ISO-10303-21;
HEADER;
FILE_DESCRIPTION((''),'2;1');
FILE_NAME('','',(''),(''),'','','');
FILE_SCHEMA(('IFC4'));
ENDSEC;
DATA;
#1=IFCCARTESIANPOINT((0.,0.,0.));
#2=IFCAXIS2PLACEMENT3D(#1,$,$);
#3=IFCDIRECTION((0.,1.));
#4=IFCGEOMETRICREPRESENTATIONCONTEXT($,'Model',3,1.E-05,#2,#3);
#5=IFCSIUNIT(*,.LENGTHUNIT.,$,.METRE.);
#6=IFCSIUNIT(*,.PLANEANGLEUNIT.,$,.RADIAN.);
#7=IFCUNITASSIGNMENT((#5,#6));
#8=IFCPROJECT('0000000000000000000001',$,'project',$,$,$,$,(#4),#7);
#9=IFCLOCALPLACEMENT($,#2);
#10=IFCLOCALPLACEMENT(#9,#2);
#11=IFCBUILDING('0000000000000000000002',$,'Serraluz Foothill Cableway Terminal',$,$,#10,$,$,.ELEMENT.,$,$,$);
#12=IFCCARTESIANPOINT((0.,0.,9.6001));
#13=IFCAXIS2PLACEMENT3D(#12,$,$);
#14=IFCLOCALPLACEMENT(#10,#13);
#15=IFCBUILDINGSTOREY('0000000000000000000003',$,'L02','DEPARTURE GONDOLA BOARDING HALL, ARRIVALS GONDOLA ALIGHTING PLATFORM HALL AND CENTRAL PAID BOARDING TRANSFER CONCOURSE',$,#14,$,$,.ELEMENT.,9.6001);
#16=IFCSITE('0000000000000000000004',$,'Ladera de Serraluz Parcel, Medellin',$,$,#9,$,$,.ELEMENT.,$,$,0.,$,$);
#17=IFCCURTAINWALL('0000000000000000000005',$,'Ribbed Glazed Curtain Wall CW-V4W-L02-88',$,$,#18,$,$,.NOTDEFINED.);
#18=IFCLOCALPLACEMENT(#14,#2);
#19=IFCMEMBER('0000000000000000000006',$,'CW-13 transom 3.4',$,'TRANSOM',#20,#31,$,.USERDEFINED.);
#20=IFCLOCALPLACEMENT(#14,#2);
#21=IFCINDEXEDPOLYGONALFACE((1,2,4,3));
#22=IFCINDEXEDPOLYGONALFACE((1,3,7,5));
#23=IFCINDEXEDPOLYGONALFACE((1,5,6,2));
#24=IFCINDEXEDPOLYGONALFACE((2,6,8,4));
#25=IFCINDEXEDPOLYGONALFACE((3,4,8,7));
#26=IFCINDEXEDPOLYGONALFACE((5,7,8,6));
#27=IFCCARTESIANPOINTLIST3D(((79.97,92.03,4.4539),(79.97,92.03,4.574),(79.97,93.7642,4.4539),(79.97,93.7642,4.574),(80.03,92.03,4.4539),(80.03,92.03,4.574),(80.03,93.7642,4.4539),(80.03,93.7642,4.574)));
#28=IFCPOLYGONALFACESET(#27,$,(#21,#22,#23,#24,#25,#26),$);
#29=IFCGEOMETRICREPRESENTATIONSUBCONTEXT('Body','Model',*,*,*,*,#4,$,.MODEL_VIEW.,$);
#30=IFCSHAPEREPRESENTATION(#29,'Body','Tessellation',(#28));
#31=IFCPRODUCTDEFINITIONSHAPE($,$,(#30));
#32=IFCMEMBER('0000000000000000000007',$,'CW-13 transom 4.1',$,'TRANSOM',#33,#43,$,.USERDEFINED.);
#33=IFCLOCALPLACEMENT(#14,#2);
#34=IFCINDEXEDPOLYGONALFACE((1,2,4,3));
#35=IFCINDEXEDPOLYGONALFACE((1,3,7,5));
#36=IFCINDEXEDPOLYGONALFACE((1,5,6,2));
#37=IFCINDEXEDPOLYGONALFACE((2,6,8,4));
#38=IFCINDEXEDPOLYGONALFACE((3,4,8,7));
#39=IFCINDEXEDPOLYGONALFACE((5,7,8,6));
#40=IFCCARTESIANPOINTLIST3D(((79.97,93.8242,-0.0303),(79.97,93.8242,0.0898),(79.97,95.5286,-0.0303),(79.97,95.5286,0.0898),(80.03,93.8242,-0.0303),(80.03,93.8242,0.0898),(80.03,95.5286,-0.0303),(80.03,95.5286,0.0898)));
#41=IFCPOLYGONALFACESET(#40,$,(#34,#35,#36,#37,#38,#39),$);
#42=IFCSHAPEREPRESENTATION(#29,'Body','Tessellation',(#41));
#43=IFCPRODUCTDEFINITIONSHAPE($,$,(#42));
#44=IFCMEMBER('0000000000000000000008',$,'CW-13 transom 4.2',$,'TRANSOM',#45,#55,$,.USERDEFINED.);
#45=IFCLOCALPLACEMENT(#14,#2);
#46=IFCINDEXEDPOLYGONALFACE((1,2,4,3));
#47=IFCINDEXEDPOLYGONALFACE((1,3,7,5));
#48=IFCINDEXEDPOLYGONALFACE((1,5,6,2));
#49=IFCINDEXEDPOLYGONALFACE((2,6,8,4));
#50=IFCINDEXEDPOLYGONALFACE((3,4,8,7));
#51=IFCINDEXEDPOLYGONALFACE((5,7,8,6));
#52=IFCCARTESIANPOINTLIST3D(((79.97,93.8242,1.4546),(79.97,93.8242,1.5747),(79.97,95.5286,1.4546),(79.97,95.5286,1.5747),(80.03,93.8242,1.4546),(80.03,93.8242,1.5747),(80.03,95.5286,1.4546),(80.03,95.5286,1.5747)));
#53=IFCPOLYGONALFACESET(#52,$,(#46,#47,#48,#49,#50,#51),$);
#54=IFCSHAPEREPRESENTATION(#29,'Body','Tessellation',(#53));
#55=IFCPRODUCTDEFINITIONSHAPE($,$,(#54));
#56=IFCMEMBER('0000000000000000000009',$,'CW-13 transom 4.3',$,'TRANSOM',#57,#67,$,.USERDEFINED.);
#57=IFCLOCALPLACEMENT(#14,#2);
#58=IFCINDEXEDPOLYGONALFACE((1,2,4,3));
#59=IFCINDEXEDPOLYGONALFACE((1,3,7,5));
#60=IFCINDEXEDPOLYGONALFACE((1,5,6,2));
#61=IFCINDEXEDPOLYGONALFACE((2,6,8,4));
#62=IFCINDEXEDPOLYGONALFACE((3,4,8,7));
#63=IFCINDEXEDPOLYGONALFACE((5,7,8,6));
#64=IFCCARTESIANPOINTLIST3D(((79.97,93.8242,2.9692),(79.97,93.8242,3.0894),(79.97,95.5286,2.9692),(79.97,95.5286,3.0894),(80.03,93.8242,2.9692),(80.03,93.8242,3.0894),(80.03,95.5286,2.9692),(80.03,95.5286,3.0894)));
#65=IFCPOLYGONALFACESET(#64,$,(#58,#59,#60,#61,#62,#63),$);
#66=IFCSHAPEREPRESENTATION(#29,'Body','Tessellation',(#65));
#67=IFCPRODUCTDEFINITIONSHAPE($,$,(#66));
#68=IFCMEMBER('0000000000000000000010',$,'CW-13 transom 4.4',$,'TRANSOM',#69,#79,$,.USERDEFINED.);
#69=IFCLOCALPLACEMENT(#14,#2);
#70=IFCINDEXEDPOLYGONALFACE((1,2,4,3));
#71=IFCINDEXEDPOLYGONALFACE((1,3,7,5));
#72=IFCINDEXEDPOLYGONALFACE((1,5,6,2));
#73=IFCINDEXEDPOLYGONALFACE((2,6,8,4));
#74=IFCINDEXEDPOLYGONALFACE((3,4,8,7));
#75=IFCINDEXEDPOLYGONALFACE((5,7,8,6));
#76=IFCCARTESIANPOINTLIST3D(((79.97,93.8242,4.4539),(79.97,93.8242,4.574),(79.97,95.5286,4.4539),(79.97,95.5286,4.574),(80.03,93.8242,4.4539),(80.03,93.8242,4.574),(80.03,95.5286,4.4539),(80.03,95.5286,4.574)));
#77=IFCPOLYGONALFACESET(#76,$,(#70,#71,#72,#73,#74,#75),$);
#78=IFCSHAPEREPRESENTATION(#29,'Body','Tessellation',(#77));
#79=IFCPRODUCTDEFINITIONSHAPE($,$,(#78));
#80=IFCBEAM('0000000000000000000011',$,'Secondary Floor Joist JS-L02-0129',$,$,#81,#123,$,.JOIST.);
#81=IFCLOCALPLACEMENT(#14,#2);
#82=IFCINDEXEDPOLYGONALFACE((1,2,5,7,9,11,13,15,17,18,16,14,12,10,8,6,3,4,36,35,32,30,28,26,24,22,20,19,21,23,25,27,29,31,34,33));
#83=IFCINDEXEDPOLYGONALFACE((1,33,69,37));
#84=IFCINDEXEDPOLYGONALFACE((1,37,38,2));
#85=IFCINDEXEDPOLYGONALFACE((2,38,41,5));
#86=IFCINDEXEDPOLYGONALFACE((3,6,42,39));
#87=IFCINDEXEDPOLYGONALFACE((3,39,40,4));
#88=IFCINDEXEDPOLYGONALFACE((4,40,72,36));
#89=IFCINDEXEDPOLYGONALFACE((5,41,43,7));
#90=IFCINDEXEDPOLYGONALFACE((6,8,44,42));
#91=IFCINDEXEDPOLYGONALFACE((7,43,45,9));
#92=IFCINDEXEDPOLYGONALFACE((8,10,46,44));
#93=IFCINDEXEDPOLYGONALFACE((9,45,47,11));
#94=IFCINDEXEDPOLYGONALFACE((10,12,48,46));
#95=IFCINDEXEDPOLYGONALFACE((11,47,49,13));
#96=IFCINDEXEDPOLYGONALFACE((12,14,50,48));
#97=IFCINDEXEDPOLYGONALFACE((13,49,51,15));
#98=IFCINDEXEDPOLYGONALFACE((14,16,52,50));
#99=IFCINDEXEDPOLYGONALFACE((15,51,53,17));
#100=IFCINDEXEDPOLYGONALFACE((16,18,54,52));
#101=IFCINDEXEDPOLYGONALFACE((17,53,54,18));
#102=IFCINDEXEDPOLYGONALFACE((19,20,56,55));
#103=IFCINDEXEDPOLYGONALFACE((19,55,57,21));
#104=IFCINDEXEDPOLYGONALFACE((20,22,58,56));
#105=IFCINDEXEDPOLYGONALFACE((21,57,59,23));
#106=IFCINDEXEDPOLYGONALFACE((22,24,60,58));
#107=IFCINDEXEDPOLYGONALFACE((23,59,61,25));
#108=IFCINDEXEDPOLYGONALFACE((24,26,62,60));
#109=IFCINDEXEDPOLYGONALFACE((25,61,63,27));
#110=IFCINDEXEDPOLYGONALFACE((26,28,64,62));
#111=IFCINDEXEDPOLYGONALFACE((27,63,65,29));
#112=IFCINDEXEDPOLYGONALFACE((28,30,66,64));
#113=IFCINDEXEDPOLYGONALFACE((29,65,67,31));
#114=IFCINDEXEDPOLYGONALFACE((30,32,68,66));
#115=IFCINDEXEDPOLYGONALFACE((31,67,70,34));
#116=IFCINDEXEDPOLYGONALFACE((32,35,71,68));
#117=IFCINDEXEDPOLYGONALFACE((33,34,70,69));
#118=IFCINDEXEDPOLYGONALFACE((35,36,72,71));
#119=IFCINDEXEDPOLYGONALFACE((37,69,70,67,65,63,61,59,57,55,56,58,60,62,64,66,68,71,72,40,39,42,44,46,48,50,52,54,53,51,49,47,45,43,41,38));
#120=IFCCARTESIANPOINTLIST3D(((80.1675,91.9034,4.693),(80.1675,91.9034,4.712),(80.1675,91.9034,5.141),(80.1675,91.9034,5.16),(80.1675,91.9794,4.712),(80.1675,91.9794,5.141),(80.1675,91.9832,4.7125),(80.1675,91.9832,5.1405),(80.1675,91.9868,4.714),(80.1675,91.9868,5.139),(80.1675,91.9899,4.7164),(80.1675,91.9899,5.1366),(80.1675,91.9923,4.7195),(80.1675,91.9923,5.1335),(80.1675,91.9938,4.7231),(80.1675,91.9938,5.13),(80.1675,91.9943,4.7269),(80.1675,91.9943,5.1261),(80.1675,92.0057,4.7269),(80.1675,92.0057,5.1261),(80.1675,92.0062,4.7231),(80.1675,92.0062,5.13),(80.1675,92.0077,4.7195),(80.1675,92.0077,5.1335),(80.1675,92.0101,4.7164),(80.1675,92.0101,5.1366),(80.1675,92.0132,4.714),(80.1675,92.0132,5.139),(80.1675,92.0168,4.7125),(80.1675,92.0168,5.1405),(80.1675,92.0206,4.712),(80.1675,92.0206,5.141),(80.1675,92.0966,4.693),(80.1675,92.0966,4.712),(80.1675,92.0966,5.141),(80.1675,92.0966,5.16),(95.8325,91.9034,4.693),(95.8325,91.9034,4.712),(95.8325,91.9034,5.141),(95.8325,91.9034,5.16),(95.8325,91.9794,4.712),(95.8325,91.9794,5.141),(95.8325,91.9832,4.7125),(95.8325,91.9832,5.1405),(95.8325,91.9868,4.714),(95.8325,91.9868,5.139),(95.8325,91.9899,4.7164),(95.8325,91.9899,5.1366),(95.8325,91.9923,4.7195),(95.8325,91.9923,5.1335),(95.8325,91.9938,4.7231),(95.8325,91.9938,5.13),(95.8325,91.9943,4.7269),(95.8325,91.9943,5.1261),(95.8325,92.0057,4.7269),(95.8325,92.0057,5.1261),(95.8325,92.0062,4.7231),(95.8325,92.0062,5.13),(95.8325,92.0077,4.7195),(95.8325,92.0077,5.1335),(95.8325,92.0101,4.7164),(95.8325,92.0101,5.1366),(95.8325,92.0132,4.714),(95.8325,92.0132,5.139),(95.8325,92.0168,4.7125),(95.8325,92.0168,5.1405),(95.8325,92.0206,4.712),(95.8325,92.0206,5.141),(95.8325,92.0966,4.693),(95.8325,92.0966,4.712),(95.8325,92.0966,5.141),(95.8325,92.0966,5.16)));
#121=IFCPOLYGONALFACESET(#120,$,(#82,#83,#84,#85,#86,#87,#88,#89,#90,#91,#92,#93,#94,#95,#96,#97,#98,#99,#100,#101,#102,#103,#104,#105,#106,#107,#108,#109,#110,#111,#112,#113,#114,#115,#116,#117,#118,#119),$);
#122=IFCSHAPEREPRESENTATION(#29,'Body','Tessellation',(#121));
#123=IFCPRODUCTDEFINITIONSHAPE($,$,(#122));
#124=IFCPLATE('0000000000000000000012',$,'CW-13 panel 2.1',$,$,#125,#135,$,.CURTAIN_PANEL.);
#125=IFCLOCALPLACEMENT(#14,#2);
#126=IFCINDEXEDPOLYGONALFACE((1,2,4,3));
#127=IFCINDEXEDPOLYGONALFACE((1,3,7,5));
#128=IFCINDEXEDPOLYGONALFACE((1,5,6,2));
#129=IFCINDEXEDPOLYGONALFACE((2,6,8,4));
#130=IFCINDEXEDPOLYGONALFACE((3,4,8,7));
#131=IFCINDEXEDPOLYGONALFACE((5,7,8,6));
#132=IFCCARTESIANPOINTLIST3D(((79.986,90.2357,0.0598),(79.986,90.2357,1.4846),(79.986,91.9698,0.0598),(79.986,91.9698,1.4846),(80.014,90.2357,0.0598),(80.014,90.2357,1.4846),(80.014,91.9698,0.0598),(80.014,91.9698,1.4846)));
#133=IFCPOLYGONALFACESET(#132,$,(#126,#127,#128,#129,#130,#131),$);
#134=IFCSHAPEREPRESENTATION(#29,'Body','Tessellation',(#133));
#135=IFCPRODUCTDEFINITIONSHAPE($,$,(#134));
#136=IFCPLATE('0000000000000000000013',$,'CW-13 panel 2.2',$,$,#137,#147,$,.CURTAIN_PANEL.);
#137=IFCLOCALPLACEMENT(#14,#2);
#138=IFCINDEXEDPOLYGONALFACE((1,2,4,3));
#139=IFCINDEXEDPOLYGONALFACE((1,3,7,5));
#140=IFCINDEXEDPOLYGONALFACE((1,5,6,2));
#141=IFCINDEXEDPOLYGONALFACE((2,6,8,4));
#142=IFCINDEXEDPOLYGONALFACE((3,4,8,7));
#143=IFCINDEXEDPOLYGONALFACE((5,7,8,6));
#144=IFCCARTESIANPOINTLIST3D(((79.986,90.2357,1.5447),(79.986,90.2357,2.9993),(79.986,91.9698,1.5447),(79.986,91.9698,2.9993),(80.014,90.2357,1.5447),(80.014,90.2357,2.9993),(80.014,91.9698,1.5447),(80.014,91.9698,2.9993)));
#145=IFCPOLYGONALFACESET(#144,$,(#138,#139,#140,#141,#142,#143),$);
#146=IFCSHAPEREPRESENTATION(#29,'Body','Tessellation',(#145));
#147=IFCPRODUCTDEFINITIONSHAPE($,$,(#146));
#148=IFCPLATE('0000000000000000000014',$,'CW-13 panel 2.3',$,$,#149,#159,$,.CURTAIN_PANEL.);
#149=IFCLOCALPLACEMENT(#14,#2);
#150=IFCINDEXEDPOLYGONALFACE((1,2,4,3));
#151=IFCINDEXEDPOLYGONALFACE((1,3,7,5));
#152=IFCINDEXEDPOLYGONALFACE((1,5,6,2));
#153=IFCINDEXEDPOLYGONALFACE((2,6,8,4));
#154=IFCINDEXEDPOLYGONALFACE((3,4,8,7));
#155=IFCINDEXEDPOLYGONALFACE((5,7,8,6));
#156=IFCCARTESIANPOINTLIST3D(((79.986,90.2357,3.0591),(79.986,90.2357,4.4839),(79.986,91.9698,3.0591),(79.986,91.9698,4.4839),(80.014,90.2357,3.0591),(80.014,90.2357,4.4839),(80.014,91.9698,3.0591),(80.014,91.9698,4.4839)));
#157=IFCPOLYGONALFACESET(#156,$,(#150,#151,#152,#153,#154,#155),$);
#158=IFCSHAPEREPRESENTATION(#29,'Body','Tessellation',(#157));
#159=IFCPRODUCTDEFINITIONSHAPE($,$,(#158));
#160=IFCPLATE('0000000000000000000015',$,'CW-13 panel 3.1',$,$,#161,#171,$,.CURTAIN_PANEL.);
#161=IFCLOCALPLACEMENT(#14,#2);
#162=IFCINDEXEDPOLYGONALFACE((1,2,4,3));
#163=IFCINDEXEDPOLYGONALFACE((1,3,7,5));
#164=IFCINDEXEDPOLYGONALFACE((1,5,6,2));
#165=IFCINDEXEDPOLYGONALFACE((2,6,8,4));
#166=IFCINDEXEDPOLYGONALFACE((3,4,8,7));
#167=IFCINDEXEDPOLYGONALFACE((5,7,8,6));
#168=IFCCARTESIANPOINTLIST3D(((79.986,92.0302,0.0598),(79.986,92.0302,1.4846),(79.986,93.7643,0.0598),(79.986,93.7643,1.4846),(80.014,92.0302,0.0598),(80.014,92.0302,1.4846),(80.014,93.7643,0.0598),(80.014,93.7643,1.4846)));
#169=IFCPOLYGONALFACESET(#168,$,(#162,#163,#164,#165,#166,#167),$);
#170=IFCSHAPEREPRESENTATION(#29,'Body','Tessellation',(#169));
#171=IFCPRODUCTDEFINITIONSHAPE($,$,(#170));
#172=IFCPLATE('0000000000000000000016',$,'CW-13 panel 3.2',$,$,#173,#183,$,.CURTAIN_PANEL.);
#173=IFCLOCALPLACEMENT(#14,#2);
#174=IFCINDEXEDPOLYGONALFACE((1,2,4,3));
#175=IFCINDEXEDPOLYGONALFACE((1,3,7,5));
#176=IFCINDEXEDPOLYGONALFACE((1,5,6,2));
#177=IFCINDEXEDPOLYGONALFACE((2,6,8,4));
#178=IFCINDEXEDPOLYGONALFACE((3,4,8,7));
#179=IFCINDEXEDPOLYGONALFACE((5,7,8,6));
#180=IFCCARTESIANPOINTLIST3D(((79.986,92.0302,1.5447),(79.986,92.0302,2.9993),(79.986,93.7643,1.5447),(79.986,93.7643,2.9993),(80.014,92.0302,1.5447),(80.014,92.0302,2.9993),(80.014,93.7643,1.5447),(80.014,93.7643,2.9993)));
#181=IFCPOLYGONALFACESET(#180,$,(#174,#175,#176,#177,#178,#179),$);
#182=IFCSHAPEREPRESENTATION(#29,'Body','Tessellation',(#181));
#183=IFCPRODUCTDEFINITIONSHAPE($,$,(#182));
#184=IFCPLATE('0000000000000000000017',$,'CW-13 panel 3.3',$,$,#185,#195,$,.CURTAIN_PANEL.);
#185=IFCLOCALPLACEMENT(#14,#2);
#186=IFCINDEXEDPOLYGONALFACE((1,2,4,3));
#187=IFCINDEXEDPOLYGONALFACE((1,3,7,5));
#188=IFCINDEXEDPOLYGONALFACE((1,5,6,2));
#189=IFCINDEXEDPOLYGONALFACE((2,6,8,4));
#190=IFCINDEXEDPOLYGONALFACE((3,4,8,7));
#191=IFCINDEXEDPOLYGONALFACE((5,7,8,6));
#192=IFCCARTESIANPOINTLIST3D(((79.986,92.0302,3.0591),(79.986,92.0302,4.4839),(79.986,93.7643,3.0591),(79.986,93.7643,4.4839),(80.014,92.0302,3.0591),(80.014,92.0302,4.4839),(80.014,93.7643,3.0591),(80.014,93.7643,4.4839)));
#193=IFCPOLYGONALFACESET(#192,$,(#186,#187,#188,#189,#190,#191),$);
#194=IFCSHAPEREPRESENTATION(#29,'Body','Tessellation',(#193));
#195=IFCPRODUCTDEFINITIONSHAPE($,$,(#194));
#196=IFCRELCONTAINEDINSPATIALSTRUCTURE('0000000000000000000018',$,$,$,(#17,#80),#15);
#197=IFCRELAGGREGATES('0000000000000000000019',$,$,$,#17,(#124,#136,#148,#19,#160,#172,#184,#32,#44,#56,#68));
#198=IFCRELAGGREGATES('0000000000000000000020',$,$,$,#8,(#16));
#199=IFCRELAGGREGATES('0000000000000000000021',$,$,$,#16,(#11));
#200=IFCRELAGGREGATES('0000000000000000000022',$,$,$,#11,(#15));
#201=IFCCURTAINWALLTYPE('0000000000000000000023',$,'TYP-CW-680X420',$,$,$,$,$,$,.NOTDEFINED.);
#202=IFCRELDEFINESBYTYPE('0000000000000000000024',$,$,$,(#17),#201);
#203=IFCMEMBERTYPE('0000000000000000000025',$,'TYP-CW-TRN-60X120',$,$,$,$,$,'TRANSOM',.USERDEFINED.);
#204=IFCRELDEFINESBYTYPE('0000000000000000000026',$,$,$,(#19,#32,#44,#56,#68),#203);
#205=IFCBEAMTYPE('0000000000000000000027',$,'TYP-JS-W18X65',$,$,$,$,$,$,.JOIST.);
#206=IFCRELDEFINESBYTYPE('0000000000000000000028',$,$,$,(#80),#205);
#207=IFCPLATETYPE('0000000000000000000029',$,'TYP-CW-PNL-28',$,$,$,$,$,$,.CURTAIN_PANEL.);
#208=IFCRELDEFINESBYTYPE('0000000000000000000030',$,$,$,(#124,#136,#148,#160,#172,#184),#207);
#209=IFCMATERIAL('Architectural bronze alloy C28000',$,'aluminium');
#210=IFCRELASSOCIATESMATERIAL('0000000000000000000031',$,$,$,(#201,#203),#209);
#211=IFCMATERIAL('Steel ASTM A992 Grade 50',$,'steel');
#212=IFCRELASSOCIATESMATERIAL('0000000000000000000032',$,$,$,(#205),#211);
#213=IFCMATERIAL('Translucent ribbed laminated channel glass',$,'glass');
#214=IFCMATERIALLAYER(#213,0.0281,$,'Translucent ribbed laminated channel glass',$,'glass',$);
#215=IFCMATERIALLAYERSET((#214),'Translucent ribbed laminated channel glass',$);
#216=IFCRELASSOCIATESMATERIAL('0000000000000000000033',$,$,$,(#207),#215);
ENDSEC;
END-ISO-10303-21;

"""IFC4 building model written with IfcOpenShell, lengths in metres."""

from ifc_helpers import new_model, si_unit, direction, frame, origin, origin_2d, place, context, subcontext, project, spatial, rectangle, i_section, extrude, material, layer, layer_set, material_profile, profile_set, type_object, element, aggregate, save


model = new_model("IFC4")

# Units and contexts
model_context = context("Model", 3, precision=1e-05, world=origin(), true_north=direction((0.0, 1.0)))
body_context = subcontext(model_context, "Body", "Model", "MODEL_VIEW")
ifc_project = project(units=[si_unit("LENGTHUNIT", "METRE"), si_unit("PLANEANGLEUNIT", "RADIAN")], contexts=[model_context])

# Site, building, storey
site_placement = place(None, origin())
site = spatial("IfcSite", under=ifc_project, at=site_placement, Name="Ladera de Serraluz Parcel, Medellin", CompositionType="ELEMENT", RefElevation=0.0)
building_placement = place(site_placement, origin())
building = spatial("IfcBuilding", under=site, at=building_placement, Name="Serraluz Foothill Cableway Terminal", CompositionType="ELEMENT")
storey_placement = place(building_placement, frame((0.0, 0.0, 9.6001)))
storey = spatial("IfcBuildingStorey", under=building, at=storey_placement, Name="L02", Description="DEPARTURE GONDOLA BOARDING HALL, ARRIVALS GONDOLA ALIGHTING PLATFORM HALL AND CENTRAL PAID BOARDING TRANSFER CONCOURSE", CompositionType="ELEMENT", Elevation=9.6001)

# Shared definitions
ifc_material_1 = material(Name="Steel ASTM A992 Grade 50", Category="steel")

# Curtain wall, members
ifc_material_2 = material(Name="Architectural bronze alloy C28000", Category="aluminium")
curtain_wall_type = type_object("IfcCurtainWallType", Name="TYP-CW-680X420", PredefinedType="NOTDEFINED", material=ifc_material_2)
curtain_wall_placement = place(storey_placement, origin())
curtain_wall = element("IfcCurtainWall", 1, at=curtain_wall_placement, inside=storey, type_object=curtain_wall_type, Name="Ribbed Glazed Curtain Wall CW-V4W-L02-88", PredefinedType="NOTDEFINED")
ifc_material_profile_1 = material_profile(ifc_material_2, rectangle(XDim=0.0601, YDim=0.1201, at=origin_2d()), Name="ALU TRANSOM 60x120")
ifc_profile_set_1 = profile_set([ifc_material_profile_1], Name="Architectural bronze alloy C28000")
member_type_1 = type_object("IfcMemberType", Name="TYP-CW-TRN-60X120", ElementType="TRANSOM", PredefinedType="USERDEFINED", material=ifc_profile_set_1)
member_1_placement = place(storey_placement, frame((80.0, 92.03, 4.5139), z_axis=(0.0, 1.0, 0.0), x_axis=(-1.0, 0.0, 0.0)))
member_1 = element("IfcMember", 2, at=member_1_placement, type_object=member_type_1, Name="CW-13 transom 3.4", ObjectType="TRANSOM", PredefinedType="USERDEFINED", context=body_context, shape_type="SweptSolid", body=[
    extrude(rectangle(XDim=0.0601, YDim=0.1201, at=origin_2d()), origin(), (0.0, 0.0, 1.0), 1.7341),
])
member_2_placement = place(storey_placement, frame((80.0, 93.8242, 0.0298), z_axis=(0.0, 1.0, 0.0), x_axis=(-1.0, 0.0, 0.0)))
member_2 = element("IfcMember", 3, at=member_2_placement, type_object=member_type_1, Name="CW-13 transom 4.1", ObjectType="TRANSOM", PredefinedType="USERDEFINED", context=body_context, shape_type="SweptSolid", body=[
    extrude(rectangle(XDim=0.0601, YDim=0.1201, at=origin_2d()), origin(), (0.0, 0.0, 1.0), 1.7043),
])
member_3_placement = place(storey_placement, frame((80.0, 93.8242, 1.5146), z_axis=(0.0, 1.0, 0.0), x_axis=(-1.0, 0.0, 0.0)))
member_3 = element("IfcMember", 4, at=member_3_placement, type_object=member_type_1, Name="CW-13 transom 4.2", ObjectType="TRANSOM", PredefinedType="USERDEFINED", context=body_context, shape_type="SweptSolid", body=[
    extrude(rectangle(XDim=0.0601, YDim=0.1201, at=origin_2d()), origin(), (0.0, 0.0, 1.0), 1.7043),
])
member_4_placement = place(storey_placement, frame((80.0, 93.8242, 3.0293), z_axis=(0.0, 1.0, 0.0), x_axis=(-1.0, 0.0, 0.0)))
member_4 = element("IfcMember", 5, at=member_4_placement, type_object=member_type_1, Name="CW-13 transom 4.3", ObjectType="TRANSOM", PredefinedType="USERDEFINED", context=body_context, shape_type="SweptSolid", body=[
    extrude(rectangle(XDim=0.0601, YDim=0.1201, at=origin_2d()), origin(), (0.0, 0.0, 1.0), 1.7043),
])
member_5_placement = place(storey_placement, frame((80.0, 93.8242, 4.5139), z_axis=(0.0, 1.0, 0.0), x_axis=(-1.0, 0.0, 0.0)))
member_5 = element("IfcMember", 6, at=member_5_placement, type_object=member_type_1, Name="CW-13 transom 4.4", ObjectType="TRANSOM", PredefinedType="USERDEFINED", context=body_context, shape_type="SweptSolid", body=[
    extrude(rectangle(XDim=0.0601, YDim=0.1201, at=origin_2d()), origin(), (0.0, 0.0, 1.0), 1.7043),
])

# Beam
ifc_material_profile_2 = material_profile(ifc_material_1, i_section(OverallWidth=0.1931, OverallDepth=0.467, WebThickness=0.0115, FlangeThickness=0.019, FilletRadius=0.0149, at=origin_2d()), Name="W18X65")
ifc_profile_set_2 = profile_set([ifc_material_profile_2], Name="Steel ASTM A992 Grade 50")
beam_type_1 = type_object("IfcBeamType", Name="TYP-JS-W18X65", PredefinedType="JOIST", material=ifc_profile_set_2)
beam_1_placement = place(storey_placement, frame((80.1675, 92.0, 4.9265), z_axis=(1.0, 0.0, 0.0), x_axis=(0.0, 1.0, 0.0)))
element("IfcBeam", 7, at=beam_1_placement, inside=storey, type_object=beam_type_1, Name="Secondary Floor Joist JS-L02-0129", PredefinedType="JOIST", context=body_context, shape_type="SweptSolid", body=[
    extrude(i_section(OverallWidth=0.1931, OverallDepth=0.467, WebThickness=0.0115, FlangeThickness=0.019, FilletRadius=0.0149, at=origin_2d()), origin(), (0.0, 0.0, 1.0), 15.665),
])

# Plates
ifc_material_3 = material(Name="Translucent ribbed laminated channel glass", Category="glass")
ifc_layer_1 = layer(ifc_material_3, 0.0281, Name="Translucent ribbed laminated channel glass", Category="glass")
ifc_layer_set_1 = layer_set([ifc_layer_1], Name="Translucent ribbed laminated channel glass")
plate_type_1 = type_object("IfcPlateType", Name="TYP-CW-PNL-28", PredefinedType="CURTAIN_PANEL", material=ifc_layer_set_1)
plate_1_placement = place(storey_placement, frame((80.0, 91.1028, 0.0598), z_axis=(0.0, 0.0, 1.0), x_axis=(0.0, 1.0, 0.0)))
plate_1 = element("IfcPlate", 8, at=plate_1_placement, type_object=plate_type_1, Name="CW-13 panel 2.1", PredefinedType="CURTAIN_PANEL", context=body_context, shape_type="SweptSolid", body=[
    extrude(rectangle(XDim=1.7341, YDim=0.0281, at=origin_2d()), origin(), (0.0, 0.0, 1.0), 1.4248),
])
plate_2_placement = place(storey_placement, frame((80.0, 91.1028, 1.5447), z_axis=(0.0, 0.0, 1.0), x_axis=(0.0, 1.0, 0.0)))
plate_2 = element("IfcPlate", 9, at=plate_2_placement, type_object=plate_type_1, Name="CW-13 panel 2.2", PredefinedType="CURTAIN_PANEL", context=body_context, shape_type="SweptSolid", body=[
    extrude(rectangle(XDim=1.7341, YDim=0.0281, at=origin_2d()), origin(), (0.0, 0.0, 1.0), 1.4546),
])
plate_3_placement = place(storey_placement, frame((80.0, 91.1028, 3.0591), z_axis=(0.0, 0.0, 1.0), x_axis=(0.0, 1.0, 0.0)))
plate_3 = element("IfcPlate", 10, at=plate_3_placement, type_object=plate_type_1, Name="CW-13 panel 2.3", PredefinedType="CURTAIN_PANEL", context=body_context, shape_type="SweptSolid", body=[
    extrude(rectangle(XDim=1.7341, YDim=0.0281, at=origin_2d()), origin(), (0.0, 0.0, 1.0), 1.4248),
])
plate_4_placement = place(storey_placement, frame((80.0, 92.8972, 0.0598), z_axis=(0.0, 0.0, 1.0), x_axis=(0.0, 1.0, 0.0)))
plate_4 = element("IfcPlate", 11, at=plate_4_placement, type_object=plate_type_1, Name="CW-13 panel 3.1", PredefinedType="CURTAIN_PANEL", context=body_context, shape_type="SweptSolid", body=[
    extrude(rectangle(XDim=1.7341, YDim=0.0281, at=origin_2d()), origin(), (0.0, 0.0, 1.0), 1.4248),
])
plate_5_placement = place(storey_placement, frame((80.0, 92.8972, 1.5447), z_axis=(0.0, 0.0, 1.0), x_axis=(0.0, 1.0, 0.0)))
plate_5 = element("IfcPlate", 12, at=plate_5_placement, type_object=plate_type_1, Name="CW-13 panel 3.2", PredefinedType="CURTAIN_PANEL", context=body_context, shape_type="SweptSolid", body=[
    extrude(rectangle(XDim=1.7341, YDim=0.0281, at=origin_2d()), origin(), (0.0, 0.0, 1.0), 1.4546),
])
plate_6_placement = place(storey_placement, frame((80.0, 92.8972, 3.0591), z_axis=(0.0, 0.0, 1.0), x_axis=(0.0, 1.0, 0.0)))
plate_6 = element("IfcPlate", 13, at=plate_6_placement, type_object=plate_type_1, Name="CW-13 panel 3.3", PredefinedType="CURTAIN_PANEL", context=body_context, shape_type="SweptSolid", body=[
    extrude(rectangle(XDim=1.7341, YDim=0.0281, at=origin_2d()), origin(), (0.0, 0.0, 1.0), 1.4248),
])
aggregate(curtain_wall, [plate_1, plate_2, plate_3, member_1, plate_4, plate_5, plate_6, member_2, member_3, member_4, member_5])

save(model, "model.ifc")
